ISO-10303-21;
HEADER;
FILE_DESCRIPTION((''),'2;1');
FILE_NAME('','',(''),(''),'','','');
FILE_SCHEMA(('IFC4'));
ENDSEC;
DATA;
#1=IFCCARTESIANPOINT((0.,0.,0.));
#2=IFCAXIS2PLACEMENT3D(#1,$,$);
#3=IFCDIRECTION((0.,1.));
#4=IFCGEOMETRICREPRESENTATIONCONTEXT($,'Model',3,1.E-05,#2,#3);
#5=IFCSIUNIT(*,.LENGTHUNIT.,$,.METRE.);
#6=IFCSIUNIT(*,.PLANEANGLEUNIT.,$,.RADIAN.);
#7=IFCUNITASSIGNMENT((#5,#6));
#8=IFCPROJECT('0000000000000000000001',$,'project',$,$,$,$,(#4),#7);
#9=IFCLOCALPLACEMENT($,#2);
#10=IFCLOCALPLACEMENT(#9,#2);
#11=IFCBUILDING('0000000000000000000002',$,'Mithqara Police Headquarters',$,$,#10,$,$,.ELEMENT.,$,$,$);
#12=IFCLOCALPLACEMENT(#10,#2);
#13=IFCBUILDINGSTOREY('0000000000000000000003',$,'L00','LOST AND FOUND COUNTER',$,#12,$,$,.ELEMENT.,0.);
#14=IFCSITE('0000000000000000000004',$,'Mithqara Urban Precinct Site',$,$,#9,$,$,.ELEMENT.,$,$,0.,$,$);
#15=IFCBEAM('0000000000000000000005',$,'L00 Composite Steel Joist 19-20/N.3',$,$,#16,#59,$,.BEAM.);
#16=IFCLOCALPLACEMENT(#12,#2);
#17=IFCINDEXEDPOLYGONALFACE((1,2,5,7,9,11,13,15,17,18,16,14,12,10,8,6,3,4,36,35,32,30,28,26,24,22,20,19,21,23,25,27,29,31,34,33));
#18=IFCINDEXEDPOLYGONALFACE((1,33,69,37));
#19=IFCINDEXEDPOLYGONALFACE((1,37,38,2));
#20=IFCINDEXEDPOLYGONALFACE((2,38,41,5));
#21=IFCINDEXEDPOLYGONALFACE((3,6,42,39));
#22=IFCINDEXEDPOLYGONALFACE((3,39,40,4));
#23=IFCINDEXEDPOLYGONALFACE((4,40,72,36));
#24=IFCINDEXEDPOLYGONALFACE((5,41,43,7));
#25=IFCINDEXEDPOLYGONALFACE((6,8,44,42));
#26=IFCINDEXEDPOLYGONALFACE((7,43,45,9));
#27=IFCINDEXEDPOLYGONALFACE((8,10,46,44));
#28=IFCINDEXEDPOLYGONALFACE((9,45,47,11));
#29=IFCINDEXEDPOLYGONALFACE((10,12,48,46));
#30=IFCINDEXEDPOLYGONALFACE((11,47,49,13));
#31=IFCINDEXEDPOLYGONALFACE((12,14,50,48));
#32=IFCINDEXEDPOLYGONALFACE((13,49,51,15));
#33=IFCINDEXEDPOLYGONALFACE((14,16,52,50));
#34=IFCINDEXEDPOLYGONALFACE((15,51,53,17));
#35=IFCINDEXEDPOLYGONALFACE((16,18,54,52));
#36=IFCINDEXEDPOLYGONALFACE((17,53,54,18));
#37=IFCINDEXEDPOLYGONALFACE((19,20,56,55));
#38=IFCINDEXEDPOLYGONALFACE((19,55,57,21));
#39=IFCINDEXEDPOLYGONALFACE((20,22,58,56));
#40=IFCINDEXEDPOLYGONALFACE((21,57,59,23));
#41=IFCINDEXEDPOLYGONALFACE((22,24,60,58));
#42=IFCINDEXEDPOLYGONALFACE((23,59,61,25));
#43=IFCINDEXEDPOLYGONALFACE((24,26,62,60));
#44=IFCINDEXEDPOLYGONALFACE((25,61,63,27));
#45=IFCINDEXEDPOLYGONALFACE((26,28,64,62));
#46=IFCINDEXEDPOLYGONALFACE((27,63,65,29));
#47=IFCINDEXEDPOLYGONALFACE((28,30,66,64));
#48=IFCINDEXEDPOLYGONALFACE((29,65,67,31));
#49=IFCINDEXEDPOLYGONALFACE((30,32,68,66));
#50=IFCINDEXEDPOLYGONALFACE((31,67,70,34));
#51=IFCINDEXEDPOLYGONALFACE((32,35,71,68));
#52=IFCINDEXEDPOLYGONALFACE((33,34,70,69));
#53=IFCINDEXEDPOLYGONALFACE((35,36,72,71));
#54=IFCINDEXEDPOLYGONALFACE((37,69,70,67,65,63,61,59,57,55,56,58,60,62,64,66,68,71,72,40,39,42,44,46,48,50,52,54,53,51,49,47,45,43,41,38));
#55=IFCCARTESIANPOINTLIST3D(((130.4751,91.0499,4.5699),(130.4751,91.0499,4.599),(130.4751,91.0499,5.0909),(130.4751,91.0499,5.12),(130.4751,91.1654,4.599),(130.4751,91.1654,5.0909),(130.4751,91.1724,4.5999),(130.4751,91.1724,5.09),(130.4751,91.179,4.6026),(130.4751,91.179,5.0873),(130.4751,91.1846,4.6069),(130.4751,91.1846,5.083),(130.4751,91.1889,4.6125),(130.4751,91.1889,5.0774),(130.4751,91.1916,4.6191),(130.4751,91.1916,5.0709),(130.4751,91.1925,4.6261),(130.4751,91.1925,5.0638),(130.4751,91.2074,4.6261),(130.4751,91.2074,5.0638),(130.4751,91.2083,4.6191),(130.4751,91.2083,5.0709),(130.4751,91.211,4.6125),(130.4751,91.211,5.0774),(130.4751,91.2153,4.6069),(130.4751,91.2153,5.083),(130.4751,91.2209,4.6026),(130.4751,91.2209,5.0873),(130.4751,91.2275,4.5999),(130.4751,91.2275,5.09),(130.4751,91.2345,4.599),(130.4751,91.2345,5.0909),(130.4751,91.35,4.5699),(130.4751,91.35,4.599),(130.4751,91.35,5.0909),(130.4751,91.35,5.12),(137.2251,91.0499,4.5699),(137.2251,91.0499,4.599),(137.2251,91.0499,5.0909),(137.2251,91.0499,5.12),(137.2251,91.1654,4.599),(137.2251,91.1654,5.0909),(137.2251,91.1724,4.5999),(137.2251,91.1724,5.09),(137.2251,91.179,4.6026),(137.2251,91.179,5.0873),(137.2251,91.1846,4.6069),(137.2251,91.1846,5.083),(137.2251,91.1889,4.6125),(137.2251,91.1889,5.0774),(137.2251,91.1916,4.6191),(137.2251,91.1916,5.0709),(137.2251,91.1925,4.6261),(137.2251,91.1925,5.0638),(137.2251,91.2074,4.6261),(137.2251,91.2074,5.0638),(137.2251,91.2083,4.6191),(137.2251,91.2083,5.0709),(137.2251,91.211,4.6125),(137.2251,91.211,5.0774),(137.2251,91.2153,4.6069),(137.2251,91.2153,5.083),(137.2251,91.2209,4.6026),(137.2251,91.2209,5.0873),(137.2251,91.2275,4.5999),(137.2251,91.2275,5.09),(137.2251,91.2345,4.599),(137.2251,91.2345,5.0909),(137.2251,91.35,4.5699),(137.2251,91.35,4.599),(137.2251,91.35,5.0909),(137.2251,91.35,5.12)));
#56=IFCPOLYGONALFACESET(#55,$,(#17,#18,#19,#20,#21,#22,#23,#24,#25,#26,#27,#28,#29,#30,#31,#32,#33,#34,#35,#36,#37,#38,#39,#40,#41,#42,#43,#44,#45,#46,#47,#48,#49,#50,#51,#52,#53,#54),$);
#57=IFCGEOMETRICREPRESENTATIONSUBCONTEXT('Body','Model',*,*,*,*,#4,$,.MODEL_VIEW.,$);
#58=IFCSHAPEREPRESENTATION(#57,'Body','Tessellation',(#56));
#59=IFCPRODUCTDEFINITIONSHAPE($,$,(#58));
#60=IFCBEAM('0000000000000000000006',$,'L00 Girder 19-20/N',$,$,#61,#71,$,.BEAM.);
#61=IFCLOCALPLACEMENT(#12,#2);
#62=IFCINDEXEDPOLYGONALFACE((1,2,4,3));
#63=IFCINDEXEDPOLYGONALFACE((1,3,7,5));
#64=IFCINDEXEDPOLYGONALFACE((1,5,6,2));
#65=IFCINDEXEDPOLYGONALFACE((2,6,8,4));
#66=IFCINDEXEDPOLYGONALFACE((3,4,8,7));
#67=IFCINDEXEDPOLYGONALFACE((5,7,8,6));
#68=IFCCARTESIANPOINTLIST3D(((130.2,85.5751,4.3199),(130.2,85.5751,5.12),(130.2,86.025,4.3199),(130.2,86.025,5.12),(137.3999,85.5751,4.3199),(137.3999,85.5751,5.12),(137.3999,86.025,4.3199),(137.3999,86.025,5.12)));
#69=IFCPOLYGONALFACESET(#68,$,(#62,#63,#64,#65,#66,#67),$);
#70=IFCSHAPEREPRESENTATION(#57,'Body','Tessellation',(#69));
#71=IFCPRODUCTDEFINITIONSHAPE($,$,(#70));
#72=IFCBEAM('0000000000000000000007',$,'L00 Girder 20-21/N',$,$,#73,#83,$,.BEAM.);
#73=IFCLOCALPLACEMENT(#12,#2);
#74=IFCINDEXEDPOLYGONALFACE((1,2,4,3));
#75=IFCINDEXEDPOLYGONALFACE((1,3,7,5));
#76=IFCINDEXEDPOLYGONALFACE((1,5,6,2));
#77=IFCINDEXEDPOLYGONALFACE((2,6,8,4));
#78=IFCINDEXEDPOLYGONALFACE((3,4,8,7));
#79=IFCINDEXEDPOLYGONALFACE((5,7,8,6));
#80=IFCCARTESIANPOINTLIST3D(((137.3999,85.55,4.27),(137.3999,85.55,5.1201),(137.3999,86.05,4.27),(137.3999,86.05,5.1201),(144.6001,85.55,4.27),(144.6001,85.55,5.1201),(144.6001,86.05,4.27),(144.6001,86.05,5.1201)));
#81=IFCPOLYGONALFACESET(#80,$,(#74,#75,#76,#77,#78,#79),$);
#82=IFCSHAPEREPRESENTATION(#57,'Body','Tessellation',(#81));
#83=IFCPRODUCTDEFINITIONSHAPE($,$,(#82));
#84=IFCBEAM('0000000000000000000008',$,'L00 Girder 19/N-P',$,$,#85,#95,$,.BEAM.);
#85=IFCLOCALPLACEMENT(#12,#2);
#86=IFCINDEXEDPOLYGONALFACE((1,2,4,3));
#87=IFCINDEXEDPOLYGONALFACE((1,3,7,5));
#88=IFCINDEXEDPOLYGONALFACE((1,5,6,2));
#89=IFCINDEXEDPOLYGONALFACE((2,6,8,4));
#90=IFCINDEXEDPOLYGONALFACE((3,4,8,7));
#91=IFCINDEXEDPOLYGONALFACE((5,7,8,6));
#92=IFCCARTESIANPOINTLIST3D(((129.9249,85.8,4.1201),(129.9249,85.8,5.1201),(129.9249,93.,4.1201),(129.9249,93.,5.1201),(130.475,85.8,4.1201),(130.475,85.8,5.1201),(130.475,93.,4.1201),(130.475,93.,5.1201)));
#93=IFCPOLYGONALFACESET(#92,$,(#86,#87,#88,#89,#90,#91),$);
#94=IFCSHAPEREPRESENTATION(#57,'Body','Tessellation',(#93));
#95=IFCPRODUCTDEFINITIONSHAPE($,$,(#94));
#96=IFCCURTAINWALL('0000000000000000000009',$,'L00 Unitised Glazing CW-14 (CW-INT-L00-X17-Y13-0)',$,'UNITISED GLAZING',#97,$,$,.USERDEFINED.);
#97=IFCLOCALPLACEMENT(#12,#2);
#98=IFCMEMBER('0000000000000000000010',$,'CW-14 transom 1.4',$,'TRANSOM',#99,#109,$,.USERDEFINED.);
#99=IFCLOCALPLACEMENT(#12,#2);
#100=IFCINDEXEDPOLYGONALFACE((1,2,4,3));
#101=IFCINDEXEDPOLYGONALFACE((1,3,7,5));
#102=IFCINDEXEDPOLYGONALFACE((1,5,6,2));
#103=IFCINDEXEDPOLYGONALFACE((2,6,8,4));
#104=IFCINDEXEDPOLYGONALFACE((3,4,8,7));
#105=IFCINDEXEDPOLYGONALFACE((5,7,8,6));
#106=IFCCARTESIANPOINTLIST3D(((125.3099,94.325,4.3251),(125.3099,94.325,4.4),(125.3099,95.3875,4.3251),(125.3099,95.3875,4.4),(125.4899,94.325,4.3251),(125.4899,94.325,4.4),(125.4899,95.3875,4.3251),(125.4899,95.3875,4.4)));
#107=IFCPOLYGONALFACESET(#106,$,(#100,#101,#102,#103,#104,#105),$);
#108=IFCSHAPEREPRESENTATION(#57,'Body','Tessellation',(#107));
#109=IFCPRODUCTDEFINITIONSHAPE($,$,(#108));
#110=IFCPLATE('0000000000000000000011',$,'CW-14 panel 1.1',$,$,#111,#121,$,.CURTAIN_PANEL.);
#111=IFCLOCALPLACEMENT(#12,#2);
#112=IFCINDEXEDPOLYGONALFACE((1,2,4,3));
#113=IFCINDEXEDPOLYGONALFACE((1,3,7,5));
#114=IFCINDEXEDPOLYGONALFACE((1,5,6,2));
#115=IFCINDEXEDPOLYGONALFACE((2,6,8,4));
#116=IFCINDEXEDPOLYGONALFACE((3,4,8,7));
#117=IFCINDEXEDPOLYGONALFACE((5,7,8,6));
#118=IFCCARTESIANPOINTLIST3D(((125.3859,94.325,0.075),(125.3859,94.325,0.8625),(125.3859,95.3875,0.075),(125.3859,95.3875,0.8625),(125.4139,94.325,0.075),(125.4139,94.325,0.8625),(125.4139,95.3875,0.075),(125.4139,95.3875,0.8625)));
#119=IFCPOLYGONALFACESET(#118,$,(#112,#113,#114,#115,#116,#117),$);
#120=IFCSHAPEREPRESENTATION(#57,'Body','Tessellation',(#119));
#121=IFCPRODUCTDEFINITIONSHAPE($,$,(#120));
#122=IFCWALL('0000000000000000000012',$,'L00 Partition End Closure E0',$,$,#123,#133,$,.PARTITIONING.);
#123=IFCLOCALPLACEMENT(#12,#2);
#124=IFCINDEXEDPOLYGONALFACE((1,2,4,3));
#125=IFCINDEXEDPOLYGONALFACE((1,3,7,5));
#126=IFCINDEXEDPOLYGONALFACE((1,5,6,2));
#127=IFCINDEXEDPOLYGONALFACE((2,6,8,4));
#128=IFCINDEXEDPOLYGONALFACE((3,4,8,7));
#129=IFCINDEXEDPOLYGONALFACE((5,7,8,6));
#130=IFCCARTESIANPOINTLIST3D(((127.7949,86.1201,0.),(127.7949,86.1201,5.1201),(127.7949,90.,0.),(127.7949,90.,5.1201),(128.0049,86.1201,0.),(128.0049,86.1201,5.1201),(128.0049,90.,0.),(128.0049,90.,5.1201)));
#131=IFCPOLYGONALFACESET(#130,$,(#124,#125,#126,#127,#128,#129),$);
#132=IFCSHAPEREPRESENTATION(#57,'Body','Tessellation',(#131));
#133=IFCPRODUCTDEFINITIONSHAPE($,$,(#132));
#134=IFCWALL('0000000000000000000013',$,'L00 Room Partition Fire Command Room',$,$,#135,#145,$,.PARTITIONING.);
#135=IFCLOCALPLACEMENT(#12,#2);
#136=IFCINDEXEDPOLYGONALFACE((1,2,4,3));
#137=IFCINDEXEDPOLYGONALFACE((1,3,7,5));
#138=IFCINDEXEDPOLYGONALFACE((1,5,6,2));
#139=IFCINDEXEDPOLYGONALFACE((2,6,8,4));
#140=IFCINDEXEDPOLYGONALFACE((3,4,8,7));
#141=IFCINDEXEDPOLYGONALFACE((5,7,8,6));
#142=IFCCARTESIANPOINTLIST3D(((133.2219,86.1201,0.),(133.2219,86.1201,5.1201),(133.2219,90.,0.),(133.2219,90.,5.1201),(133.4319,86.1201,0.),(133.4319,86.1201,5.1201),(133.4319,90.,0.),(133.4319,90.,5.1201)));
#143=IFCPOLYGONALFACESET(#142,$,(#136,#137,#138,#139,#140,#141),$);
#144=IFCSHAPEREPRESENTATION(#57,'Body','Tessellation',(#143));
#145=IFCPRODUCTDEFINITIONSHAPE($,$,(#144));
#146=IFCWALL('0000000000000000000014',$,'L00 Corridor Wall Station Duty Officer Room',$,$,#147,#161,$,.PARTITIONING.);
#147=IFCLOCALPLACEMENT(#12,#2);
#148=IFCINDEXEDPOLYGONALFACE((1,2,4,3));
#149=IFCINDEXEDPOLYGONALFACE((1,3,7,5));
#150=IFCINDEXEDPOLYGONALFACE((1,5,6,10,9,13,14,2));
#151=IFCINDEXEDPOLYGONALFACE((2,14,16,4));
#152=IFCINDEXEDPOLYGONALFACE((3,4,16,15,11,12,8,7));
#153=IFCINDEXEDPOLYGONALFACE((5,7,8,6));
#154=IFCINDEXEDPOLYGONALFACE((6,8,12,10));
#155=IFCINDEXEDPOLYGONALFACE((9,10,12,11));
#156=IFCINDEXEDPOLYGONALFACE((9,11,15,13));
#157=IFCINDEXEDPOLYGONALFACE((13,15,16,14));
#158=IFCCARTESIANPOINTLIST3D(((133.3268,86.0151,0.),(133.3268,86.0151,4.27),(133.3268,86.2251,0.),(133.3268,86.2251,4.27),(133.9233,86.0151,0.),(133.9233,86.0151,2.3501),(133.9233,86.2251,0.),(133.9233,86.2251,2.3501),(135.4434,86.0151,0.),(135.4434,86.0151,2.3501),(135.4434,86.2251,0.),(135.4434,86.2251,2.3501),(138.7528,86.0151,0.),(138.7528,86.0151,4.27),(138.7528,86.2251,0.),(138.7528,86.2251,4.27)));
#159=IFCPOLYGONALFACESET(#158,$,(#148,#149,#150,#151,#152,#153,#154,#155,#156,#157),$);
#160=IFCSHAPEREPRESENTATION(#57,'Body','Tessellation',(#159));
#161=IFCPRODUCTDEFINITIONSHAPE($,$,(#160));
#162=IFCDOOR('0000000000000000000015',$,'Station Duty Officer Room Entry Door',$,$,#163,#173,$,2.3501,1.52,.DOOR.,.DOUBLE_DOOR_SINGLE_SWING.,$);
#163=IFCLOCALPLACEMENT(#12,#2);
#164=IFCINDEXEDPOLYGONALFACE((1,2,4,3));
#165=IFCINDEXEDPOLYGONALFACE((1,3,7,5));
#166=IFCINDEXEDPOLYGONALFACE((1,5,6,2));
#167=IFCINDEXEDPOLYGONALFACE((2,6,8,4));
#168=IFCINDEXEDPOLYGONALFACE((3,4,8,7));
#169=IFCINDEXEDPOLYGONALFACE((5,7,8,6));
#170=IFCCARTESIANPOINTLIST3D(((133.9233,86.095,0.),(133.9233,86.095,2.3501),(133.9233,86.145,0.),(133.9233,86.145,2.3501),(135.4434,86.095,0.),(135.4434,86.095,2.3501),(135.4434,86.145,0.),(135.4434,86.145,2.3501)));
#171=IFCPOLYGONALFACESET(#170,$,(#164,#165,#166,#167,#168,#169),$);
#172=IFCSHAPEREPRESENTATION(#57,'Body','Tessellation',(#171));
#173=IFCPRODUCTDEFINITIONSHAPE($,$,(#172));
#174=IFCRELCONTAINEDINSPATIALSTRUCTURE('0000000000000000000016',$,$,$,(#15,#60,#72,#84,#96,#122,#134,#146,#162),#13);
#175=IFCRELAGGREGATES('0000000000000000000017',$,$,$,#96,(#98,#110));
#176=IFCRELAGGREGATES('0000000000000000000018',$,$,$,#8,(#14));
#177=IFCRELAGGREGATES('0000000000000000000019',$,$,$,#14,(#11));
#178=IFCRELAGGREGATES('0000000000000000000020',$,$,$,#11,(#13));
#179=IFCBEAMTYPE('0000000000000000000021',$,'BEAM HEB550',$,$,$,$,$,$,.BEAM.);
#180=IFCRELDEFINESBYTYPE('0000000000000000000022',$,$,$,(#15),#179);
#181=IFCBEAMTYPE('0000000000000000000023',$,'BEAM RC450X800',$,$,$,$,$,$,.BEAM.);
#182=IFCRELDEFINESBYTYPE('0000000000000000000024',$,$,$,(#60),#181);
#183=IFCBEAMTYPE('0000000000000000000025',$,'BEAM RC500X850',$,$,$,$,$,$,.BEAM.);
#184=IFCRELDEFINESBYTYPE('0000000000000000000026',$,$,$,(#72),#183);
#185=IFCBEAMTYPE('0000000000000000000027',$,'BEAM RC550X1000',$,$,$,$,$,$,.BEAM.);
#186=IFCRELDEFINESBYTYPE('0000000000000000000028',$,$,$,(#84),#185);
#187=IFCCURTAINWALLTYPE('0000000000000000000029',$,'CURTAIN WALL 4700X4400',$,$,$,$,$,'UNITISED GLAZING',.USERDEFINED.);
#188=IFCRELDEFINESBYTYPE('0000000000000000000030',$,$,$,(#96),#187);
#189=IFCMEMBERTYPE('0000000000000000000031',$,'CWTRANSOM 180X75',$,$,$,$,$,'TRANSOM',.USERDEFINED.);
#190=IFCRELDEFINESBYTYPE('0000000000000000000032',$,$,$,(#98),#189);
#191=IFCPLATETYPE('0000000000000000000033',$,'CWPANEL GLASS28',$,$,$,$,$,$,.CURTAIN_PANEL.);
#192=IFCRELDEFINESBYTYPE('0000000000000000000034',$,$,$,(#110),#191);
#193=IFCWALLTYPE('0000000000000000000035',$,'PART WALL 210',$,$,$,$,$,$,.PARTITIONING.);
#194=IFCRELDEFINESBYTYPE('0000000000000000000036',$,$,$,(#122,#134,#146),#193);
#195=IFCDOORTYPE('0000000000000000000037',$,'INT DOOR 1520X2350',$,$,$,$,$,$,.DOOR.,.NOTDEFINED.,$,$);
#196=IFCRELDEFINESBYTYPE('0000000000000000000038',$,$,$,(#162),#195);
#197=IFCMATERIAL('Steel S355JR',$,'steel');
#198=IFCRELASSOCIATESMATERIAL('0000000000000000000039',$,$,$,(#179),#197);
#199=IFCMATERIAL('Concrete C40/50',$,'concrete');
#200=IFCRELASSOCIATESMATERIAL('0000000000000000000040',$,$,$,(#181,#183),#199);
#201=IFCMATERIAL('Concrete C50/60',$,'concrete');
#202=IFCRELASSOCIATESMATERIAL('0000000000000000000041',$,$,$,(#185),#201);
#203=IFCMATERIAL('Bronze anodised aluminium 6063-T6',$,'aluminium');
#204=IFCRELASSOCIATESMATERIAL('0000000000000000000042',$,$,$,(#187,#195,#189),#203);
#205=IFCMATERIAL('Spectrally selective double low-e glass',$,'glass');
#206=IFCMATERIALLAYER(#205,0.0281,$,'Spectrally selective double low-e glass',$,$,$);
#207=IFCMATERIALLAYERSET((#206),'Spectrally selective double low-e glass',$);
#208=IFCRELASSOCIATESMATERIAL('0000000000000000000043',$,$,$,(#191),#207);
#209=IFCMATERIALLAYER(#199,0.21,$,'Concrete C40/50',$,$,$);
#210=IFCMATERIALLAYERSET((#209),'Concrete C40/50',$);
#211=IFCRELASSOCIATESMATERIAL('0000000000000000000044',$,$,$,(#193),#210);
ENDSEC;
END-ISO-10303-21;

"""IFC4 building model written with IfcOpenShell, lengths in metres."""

from ifc_helpers import new_model, si_unit, direction, frame, frame_2d, origin, origin_2d, place, context, subcontext, project, spatial, rectangle, i_section, extrude, material, layer, layer_set, material_profile, profile_set, type_object, element, fill, aggregate, save


model = new_model("IFC4")

# Units and contexts
model_context = context("Model", 3, precision=1e-05, world=origin(), true_north=direction((0.0, 1.0)))
body_context = subcontext(model_context, "Body", "Model", "MODEL_VIEW")
ifc_project = project(units=[si_unit("LENGTHUNIT", "METRE"), si_unit("PLANEANGLEUNIT", "RADIAN")], contexts=[model_context])

# Site, building, storey
site_placement = place(None, origin())
site = spatial("IfcSite", under=ifc_project, at=site_placement, Name="Mithqara Urban Precinct Site", CompositionType="ELEMENT", RefElevation=0.0)
building_placement = place(site_placement, origin())
building = spatial("IfcBuilding", under=site, at=building_placement, Name="Mithqara Police Headquarters", CompositionType="ELEMENT")
storey_placement = place(building_placement, origin())
storey = spatial("IfcBuildingStorey", under=building, at=storey_placement, Name="L00", Description="LOST AND FOUND COUNTER", CompositionType="ELEMENT", Elevation=0.0)

# Shared definitions
ifc_material_1 = material(Name="Concrete C50/60", Category="concrete")

# Beams
ifc_material_2 = material(Name="Steel S355JR", Category="steel")
ifc_material_profile_1 = material_profile(ifc_material_2, i_section(OverallWidth=0.3, OverallDepth=0.55, WebThickness=0.0149, FlangeThickness=0.0291, FilletRadius=0.0271, at=origin_2d()), Name="HEB 550")
ifc_profile_set_1 = profile_set([ifc_material_profile_1], Name="Steel S355JR")
beam_type_1 = type_object("IfcBeamType", Name="BEAM HEB550", PredefinedType="BEAM", material=ifc_profile_set_1)
for number, where, z_axis, x_axis, name in (
    (1, (130.4751, 91.2, 4.845), (1.0, 0.0, 0.0), (0.0, 1.0, 0.0), "L00 Composite Steel Joist 19-20/N.3"),
):
    element("IfcBeam", number, at=place(storey_placement, frame(where, z_axis=z_axis, x_axis=x_axis)), inside=storey, type_object=beam_type_1, Name=name, PredefinedType="BEAM", context=body_context, shape_type="SweptSolid", body=[
        extrude(i_section(OverallWidth=0.3, OverallDepth=0.55, WebThickness=0.0149, FlangeThickness=0.0291, FilletRadius=0.0271, at=origin_2d()), origin(), (0.0, 0.0, 1.0), 6.75),
    ])
ifc_material_3 = material(Name="Concrete C40/50", Category="concrete")
ifc_material_profile_2 = material_profile(ifc_material_3, rectangle(XDim=0.45, YDim=0.8, at=origin_2d()), Name="RC 450x800")
ifc_profile_set_2 = profile_set([ifc_material_profile_2], Name="Concrete C40/50")
beam_type_2 = type_object("IfcBeamType", Name="BEAM RC450X800", PredefinedType="BEAM", material=ifc_profile_set_2)
beam_1_placement = place(storey_placement, frame((130.2, 85.8, 4.72), z_axis=(1.0, 0.0, 0.0), x_axis=(0.0, 1.0, 0.0)))
element("IfcBeam", 2, at=beam_1_placement, inside=storey, type_object=beam_type_2, Name="L00 Girder 19-20/N", PredefinedType="BEAM", context=body_context, shape_type="SweptSolid", body=[
    extrude(rectangle(XDim=0.45, YDim=0.8, at=origin_2d()), origin(), (0.0, 0.0, 1.0), 7.2),
])
ifc_material_profile_3 = material_profile(ifc_material_3, rectangle(XDim=0.5, YDim=0.8501, at=origin_2d()), Name="RC 500x850")
ifc_profile_set_3 = profile_set([ifc_material_profile_3], Name="Concrete C40/50")
beam_type_3 = type_object("IfcBeamType", Name="BEAM RC500X850", PredefinedType="BEAM", material=ifc_profile_set_3)
beam_2_placement = place(storey_placement, frame((137.3999, 85.8, 4.6951), z_axis=(1.0, 0.0, 0.0), x_axis=(0.0, 1.0, 0.0)))
element("IfcBeam", 3, at=beam_2_placement, inside=storey, type_object=beam_type_3, Name="L00 Girder 20-21/N", PredefinedType="BEAM", context=body_context, shape_type="SweptSolid", body=[
    extrude(rectangle(XDim=0.5, YDim=0.8501, at=origin_2d()), origin(), (0.0, 0.0, 1.0), 7.2002),
])
ifc_material_profile_4 = material_profile(ifc_material_1, rectangle(XDim=0.55, YDim=1.0, at=origin_2d()), Name="RC 550x1000")
ifc_profile_set_4 = profile_set([ifc_material_profile_4], Name="Concrete C50/60")
beam_type_4 = type_object("IfcBeamType", Name="BEAM RC550X1000", PredefinedType="BEAM", material=ifc_profile_set_4)
beam_3_placement = place(storey_placement, frame((130.2, 85.8, 4.6201), z_axis=(0.0, 1.0, 0.0), x_axis=(-1.0, 0.0, 0.0)))
element("IfcBeam", 4, at=beam_3_placement, inside=storey, type_object=beam_type_4, Name="L00 Girder 19/N-P", PredefinedType="BEAM", context=body_context, shape_type="SweptSolid", body=[
    extrude(rectangle(XDim=0.55, YDim=1.0, at=origin_2d()), origin(), (0.0, 0.0, 1.0), 7.2),
])

# Curtain wall, member, plate
ifc_material_4 = material(Name="Bronze anodised aluminium 6063-T6", Category="aluminium")
curtain_wall_type = type_object("IfcCurtainWallType", Name="CURTAIN WALL 4700X4400", ElementType="UNITISED GLAZING", PredefinedType="USERDEFINED", material=ifc_material_4)
curtain_wall_placement = place(storey_placement, origin())
curtain_wall = element("IfcCurtainWall", 5, at=curtain_wall_placement, inside=storey, type_object=curtain_wall_type, Name="L00 Unitised Glazing CW-14 (CW-INT-L00-X17-Y13-0)", ObjectType="UNITISED GLAZING", PredefinedType="USERDEFINED")
ifc_material_profile_5 = material_profile(ifc_material_4, rectangle(XDim=0.1799, YDim=0.075, at=origin_2d()), Name="CWT 180x75")
ifc_profile_set_5 = profile_set([ifc_material_profile_5], Name="Bronze anodised aluminium 6063-T6")
member_type = type_object("IfcMemberType", Name="CWTRANSOM 180X75", ElementType="TRANSOM", PredefinedType="USERDEFINED", material=ifc_profile_set_5)
member_placement = place(storey_placement, frame((125.3999, 94.325, 4.3625), z_axis=(0.0, 1.0, 0.0), x_axis=(-1.0, 0.0, 0.0)))
member = element("IfcMember", 6, at=member_placement, type_object=member_type, Name="CW-14 transom 1.4", ObjectType="TRANSOM", PredefinedType="USERDEFINED", context=body_context, shape_type="SweptSolid", body=[
    extrude(rectangle(XDim=0.1799, YDim=0.075, at=origin_2d()), origin(), (0.0, 0.0, 1.0), 1.0625),
])
ifc_material_5 = material(Name="Spectrally selective double low-e glass", Category="glass")
ifc_layer_1 = layer(ifc_material_5, 0.0281, Name="Spectrally selective double low-e glass")
ifc_layer_set_1 = layer_set([ifc_layer_1], Name="Spectrally selective double low-e glass")
plate_type = type_object("IfcPlateType", Name="CWPANEL GLASS28", PredefinedType="CURTAIN_PANEL", material=ifc_layer_set_1)
plate_placement = place(storey_placement, frame((125.3999, 94.8562, 0.075), z_axis=(0.0, 0.0, 1.0), x_axis=(0.0, 1.0, 0.0)))
plate = element("IfcPlate", 7, at=plate_placement, type_object=plate_type, Name="CW-14 panel 1.1", PredefinedType="CURTAIN_PANEL", context=body_context, shape_type="SweptSolid", body=[
    extrude(rectangle(XDim=1.0625, YDim=0.0281, at=origin_2d()), origin(), (0.0, 0.0, 1.0), 0.7876),
])
aggregate(curtain_wall, [member, plate])

# Walls
ifc_layer_2 = layer(ifc_material_3, 0.21, Name="Concrete C40/50")
ifc_layer_set_2 = layer_set([ifc_layer_2], Name="Concrete C40/50")
wall_type_1 = type_object("IfcWallType", Name="PART WALL 210", PredefinedType="PARTITIONING", material=ifc_layer_set_2)
for number, where, z_axis, x_axis, name in (
    (8, (127.8999, 86.1201, 0.0), (0.0, 0.0, 1.0), (0.0, 1.0, 0.0), "L00 Partition End Closure E0"),
    (9, (133.3269, 86.1201, 0.0), (0.0, 0.0, 1.0), (0.0, 1.0, 0.0), "L00 Room Partition Fire Command Room"),
):
    element("IfcWall", number, at=place(storey_placement, frame(where, z_axis=z_axis, x_axis=x_axis)), inside=storey, type_object=wall_type_1, Name=name, PredefinedType="PARTITIONING", context=body_context, shape_type="SweptSolid", body=[
        extrude(rectangle(XDim=3.8799, YDim=0.21, at=frame_2d((1.9399, 0.0))), origin(), (0.0, 0.0, 1.0), 5.1201),
    ])

# Wall, opening, door
wall_1_placement = place(storey_placement, frame((133.3269, 86.1201, 0.0), z_axis=(0.0, 0.0, 1.0), x_axis=(1.0, 0.0, 0.0)))
wall_1 = element("IfcWall", 10, at=wall_1_placement, inside=storey, type_object=wall_type_1, Name="L00 Corridor Wall Station Duty Officer Room", PredefinedType="PARTITIONING", context=body_context, shape_type="SweptSolid", body=[
    extrude(rectangle(XDim=5.426, YDim=0.21, at=frame_2d((2.7129, 0.0))), origin(), (0.0, 0.0, 1.0), 4.27),
])
opening_1_placement = place(wall_1_placement, frame((0.5964, 0.0, 0.0)))
opening_1 = element("IfcOpeningElement", 11, at=opening_1_placement, cuts=wall_1, PredefinedType="OPENING", context=body_context, shape_type="SweptSolid", body=[
    extrude(rectangle(XDim=1.52, YDim=2.3501, at=frame_2d((0.76, 1.175))), frame((0.0, 0.115, 0.0), z_axis=(0.0, -1.0, 0.0), x_axis=(1.0, 0.0, 0.0)), (0.0, 0.0, 1.0), 0.23),
])
door_type_1 = type_object("IfcDoorType", Name="INT DOOR 1520X2350", OperationType="NOTDEFINED", PredefinedType="DOOR", material=ifc_material_4)
door_1_placement = place(opening_1_placement, origin())
door_1 = element("IfcDoor", 12, at=door_1_placement, inside=storey, type_object=door_type_1, Name="Station Duty Officer Room Entry Door", OperationType="DOUBLE_DOOR_SINGLE_SWING", OverallHeight=2.3501, OverallWidth=1.52, PredefinedType="DOOR", context=body_context, shape_type="SweptSolid", body=[
    extrude(rectangle(XDim=1.52, YDim=2.3501, at=frame_2d((0.76, 1.175))), frame((0.0, 0.0249, 0.0), z_axis=(0.0, -1.0, 0.0), x_axis=(1.0, 0.0, 0.0)), (0.0, 0.0, 1.0), 0.05),
])
fill(opening_1, door_1)

save(model, "model.ifc")
